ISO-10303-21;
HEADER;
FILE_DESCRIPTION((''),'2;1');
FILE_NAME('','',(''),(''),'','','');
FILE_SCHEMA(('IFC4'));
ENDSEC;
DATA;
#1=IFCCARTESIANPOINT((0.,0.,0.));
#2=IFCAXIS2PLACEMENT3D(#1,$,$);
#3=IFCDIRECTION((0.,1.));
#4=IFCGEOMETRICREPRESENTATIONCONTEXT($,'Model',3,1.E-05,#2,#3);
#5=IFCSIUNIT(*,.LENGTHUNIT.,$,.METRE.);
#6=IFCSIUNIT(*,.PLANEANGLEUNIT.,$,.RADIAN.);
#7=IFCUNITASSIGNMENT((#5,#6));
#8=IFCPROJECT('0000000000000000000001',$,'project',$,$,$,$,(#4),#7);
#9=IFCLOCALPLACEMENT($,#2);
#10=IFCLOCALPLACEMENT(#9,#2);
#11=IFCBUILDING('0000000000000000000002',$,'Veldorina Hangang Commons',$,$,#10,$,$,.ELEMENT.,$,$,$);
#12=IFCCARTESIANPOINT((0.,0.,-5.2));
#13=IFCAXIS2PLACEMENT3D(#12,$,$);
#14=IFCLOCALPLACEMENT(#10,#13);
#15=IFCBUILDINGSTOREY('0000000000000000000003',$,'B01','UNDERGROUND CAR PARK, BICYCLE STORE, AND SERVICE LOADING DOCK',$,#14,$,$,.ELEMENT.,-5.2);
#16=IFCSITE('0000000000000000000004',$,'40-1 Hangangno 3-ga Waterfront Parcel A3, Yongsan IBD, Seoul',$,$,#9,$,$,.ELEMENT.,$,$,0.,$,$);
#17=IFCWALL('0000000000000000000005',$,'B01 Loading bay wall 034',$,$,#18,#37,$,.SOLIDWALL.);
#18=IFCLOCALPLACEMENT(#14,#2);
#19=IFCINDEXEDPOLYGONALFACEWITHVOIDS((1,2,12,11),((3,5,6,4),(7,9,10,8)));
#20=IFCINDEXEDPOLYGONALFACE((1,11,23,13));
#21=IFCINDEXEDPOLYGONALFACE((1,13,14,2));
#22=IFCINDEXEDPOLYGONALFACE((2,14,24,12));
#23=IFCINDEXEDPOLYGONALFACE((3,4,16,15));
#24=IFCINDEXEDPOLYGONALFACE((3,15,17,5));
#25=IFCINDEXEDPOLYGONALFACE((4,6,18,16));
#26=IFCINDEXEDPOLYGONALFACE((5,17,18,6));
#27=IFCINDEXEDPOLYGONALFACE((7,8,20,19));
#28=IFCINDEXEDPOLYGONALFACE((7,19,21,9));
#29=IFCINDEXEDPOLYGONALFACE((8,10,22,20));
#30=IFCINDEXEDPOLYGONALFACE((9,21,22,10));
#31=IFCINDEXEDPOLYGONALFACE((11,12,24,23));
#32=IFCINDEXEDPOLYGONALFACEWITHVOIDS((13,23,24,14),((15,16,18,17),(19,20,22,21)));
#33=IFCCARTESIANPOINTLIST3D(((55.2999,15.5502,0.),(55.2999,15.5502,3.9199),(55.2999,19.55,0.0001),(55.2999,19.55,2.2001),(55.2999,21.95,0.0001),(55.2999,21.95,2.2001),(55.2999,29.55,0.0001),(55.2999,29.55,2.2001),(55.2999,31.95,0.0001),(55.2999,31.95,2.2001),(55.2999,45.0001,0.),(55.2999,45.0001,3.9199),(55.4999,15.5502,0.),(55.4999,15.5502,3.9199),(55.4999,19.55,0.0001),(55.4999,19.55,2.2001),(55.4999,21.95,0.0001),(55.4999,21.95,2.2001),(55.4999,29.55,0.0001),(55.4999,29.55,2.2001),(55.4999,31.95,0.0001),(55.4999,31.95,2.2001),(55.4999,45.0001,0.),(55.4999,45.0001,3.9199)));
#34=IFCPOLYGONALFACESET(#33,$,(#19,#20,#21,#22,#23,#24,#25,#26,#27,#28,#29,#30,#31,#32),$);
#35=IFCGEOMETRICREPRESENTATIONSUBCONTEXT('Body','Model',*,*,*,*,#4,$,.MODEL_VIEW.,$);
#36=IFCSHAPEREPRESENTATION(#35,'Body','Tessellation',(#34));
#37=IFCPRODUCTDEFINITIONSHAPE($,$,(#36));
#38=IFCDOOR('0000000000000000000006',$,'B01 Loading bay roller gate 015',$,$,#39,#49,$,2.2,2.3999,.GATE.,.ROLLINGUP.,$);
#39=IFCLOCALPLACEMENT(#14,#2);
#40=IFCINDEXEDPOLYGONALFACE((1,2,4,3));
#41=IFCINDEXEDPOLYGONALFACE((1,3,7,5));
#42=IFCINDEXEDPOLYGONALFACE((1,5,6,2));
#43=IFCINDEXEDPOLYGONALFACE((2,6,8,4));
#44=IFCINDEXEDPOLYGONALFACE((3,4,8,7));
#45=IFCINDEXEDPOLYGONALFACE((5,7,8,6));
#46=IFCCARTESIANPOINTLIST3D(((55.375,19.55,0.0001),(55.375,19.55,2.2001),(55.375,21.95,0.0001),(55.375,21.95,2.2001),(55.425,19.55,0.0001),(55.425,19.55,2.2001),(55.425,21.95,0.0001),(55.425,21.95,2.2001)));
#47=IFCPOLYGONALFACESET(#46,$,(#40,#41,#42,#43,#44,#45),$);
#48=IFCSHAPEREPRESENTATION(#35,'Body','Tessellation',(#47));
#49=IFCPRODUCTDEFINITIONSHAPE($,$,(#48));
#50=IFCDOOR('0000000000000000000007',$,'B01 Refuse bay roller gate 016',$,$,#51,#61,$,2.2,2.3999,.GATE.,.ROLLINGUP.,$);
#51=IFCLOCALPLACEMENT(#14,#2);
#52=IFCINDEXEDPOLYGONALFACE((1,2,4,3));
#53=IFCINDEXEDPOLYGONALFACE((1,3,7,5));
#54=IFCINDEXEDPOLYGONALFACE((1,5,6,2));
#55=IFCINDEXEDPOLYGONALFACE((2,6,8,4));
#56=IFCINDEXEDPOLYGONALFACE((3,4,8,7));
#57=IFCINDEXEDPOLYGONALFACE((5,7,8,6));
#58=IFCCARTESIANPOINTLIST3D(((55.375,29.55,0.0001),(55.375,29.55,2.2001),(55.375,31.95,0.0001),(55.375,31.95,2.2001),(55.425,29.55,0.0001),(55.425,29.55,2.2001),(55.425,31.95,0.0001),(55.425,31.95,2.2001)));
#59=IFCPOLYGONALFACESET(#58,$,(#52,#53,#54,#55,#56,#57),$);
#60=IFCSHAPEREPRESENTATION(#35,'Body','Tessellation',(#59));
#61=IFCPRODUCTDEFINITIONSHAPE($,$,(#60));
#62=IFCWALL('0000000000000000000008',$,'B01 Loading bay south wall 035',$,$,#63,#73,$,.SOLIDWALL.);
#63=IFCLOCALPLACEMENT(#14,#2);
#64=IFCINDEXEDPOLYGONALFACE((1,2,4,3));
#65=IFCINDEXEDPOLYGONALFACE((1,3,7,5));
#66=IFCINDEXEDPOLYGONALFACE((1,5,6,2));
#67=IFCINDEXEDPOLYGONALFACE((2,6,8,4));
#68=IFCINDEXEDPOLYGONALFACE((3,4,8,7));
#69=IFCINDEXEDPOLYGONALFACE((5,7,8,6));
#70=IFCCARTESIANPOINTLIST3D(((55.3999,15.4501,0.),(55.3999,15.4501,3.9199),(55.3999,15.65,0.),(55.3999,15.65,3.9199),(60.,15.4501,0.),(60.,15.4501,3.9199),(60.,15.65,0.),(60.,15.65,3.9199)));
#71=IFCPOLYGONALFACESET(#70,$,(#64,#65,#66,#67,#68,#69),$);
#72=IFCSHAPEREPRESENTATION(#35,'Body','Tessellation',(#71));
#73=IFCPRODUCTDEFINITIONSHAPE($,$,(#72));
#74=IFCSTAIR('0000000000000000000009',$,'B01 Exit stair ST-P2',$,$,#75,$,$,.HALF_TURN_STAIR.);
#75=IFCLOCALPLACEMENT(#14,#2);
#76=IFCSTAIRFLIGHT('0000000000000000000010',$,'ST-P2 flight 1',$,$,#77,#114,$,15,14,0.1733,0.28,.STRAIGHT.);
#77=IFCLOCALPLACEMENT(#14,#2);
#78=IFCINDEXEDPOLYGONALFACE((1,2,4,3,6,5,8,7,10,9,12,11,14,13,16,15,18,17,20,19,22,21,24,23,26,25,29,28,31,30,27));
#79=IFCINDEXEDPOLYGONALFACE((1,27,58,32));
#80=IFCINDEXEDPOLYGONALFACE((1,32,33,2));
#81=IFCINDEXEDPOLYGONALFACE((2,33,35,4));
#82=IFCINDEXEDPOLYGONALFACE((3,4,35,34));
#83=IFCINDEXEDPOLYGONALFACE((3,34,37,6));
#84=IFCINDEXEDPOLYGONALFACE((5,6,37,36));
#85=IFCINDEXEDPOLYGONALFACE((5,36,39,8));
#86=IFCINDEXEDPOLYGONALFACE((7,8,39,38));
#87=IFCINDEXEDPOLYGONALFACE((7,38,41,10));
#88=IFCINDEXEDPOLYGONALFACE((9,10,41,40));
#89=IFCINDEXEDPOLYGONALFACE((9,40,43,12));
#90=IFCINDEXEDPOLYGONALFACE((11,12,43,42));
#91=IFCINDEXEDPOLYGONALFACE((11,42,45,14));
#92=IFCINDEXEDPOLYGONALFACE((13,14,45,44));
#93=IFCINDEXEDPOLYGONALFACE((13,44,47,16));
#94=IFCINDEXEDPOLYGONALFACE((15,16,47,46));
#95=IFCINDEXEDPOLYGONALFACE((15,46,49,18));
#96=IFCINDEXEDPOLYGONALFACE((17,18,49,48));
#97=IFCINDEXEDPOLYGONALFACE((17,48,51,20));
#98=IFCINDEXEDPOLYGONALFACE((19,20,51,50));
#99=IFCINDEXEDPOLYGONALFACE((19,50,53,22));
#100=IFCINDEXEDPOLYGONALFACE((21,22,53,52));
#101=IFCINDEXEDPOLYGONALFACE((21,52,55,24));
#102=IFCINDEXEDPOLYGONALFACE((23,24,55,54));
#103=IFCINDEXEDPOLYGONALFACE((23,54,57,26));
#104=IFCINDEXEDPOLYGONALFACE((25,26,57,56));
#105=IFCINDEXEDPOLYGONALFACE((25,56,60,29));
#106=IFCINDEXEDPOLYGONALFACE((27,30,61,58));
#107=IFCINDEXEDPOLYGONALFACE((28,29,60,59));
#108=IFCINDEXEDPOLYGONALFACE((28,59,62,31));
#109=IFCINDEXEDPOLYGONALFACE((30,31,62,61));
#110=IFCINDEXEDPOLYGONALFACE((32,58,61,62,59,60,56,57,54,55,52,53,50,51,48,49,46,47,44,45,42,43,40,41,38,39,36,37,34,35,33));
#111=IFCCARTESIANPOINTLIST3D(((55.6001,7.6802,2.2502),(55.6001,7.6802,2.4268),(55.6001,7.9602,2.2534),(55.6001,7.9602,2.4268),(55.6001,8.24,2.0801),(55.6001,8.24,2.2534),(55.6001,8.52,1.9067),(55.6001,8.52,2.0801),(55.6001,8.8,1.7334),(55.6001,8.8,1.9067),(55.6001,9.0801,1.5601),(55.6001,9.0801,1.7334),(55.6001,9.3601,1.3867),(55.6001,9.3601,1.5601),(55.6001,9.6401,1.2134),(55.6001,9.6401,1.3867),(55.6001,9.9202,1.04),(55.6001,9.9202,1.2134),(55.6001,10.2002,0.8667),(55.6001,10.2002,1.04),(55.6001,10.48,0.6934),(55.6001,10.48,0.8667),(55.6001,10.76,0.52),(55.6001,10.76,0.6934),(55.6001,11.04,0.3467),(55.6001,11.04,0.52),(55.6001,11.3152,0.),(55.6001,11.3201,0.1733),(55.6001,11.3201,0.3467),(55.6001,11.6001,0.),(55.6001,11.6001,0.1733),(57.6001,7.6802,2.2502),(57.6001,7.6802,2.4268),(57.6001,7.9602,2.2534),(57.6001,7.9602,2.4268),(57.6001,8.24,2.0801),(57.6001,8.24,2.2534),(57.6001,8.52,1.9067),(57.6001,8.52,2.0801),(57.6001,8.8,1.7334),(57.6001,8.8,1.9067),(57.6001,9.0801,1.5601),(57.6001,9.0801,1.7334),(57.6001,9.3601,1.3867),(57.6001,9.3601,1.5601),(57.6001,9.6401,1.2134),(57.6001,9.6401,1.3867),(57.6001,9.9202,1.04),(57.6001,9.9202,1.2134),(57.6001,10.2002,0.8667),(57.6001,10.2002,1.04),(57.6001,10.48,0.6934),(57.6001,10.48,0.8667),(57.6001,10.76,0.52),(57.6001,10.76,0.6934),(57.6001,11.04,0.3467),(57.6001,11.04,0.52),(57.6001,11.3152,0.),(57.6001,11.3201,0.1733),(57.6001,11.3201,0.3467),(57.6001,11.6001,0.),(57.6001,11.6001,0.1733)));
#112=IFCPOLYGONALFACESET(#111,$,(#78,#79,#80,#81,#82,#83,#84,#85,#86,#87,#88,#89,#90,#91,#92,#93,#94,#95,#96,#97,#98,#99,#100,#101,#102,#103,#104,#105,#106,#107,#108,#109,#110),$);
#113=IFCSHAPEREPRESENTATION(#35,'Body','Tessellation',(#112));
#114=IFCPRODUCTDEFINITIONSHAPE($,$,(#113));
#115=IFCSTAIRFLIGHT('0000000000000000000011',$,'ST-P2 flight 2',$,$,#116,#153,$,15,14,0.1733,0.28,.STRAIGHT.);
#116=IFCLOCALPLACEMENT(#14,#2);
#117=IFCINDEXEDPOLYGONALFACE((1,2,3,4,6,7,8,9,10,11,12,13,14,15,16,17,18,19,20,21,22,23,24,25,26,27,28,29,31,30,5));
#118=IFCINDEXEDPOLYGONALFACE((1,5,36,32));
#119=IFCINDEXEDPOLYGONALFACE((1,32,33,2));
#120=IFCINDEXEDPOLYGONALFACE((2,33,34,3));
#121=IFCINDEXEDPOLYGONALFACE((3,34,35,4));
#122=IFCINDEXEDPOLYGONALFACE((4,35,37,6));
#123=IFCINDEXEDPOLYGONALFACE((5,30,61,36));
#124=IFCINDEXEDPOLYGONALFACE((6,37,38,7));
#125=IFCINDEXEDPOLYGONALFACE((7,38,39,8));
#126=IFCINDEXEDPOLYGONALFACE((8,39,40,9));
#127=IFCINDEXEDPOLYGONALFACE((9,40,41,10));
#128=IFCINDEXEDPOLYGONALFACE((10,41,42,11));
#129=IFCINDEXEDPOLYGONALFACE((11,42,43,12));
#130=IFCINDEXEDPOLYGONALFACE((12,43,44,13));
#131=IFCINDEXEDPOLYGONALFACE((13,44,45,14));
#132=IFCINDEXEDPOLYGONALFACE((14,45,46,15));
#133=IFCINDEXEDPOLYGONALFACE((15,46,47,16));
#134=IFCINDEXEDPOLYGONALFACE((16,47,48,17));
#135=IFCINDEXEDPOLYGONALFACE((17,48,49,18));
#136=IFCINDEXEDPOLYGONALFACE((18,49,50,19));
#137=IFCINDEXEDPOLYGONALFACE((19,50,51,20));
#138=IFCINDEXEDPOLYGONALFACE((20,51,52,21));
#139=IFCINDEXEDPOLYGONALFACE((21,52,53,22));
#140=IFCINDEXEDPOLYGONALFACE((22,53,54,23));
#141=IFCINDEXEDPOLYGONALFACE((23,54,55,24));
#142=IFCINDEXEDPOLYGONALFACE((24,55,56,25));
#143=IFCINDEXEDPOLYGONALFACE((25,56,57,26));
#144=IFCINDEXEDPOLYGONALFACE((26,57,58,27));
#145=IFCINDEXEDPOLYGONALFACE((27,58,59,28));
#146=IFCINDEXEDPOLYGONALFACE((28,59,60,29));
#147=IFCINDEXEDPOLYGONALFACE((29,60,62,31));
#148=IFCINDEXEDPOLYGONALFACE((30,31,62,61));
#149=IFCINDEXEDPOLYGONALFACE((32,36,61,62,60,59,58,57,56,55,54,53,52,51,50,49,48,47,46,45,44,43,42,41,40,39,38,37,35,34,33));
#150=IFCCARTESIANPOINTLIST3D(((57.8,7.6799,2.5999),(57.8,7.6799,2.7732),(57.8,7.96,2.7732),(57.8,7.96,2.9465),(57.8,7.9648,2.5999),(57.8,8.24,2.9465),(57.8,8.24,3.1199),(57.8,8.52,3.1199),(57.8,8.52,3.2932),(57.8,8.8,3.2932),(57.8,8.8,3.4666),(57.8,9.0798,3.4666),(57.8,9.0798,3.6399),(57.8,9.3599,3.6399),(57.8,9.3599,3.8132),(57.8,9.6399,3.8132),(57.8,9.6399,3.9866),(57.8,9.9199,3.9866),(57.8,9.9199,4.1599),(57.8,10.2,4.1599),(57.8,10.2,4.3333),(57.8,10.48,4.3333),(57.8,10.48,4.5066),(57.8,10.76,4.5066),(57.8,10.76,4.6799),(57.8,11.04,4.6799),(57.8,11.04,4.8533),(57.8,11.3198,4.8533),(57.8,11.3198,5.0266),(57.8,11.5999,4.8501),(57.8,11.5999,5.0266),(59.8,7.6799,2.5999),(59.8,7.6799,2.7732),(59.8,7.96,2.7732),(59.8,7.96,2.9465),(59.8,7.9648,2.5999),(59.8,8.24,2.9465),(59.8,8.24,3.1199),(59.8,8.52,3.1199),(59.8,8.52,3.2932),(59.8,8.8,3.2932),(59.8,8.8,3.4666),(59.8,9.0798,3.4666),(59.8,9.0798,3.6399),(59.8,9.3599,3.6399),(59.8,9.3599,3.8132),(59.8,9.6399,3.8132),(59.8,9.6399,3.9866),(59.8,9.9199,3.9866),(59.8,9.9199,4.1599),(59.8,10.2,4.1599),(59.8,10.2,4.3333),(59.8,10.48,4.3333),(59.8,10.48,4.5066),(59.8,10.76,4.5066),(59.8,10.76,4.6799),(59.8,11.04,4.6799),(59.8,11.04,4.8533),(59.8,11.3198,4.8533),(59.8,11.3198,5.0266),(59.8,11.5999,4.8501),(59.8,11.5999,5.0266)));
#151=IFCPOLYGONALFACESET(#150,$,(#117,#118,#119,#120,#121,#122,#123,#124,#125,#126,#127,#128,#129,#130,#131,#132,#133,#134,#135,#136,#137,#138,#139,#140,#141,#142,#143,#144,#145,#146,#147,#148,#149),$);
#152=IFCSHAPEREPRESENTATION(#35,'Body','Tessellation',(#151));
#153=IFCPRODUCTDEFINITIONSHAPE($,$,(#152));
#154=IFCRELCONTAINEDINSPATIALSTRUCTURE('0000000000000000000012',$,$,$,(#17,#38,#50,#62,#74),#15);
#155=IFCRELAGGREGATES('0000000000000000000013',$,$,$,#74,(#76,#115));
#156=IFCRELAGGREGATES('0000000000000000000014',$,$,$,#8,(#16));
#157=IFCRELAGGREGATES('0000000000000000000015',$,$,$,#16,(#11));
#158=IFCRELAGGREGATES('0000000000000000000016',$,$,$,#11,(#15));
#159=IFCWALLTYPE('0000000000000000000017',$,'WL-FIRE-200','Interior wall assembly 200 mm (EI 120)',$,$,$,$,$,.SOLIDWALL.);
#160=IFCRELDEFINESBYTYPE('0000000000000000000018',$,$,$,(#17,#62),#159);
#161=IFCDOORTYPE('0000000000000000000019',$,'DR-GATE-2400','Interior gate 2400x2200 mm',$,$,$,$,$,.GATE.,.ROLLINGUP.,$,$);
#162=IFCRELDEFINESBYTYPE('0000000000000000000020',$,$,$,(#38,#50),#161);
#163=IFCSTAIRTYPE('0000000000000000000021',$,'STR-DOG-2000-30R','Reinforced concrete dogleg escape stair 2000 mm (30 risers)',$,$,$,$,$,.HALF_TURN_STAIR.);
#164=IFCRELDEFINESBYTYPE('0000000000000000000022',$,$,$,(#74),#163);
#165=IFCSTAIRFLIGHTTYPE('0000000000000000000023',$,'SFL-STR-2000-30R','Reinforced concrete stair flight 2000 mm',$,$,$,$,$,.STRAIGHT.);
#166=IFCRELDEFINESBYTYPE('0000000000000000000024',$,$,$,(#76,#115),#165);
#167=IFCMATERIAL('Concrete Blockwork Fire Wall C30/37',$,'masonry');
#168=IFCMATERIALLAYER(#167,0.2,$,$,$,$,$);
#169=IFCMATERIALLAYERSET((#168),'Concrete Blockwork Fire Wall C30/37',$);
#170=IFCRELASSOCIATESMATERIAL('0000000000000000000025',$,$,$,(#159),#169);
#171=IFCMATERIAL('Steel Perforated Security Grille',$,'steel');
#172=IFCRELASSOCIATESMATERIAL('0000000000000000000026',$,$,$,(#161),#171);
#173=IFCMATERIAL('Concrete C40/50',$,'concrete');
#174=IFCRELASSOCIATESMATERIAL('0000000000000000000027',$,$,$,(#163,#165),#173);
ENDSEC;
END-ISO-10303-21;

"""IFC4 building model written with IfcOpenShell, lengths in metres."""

from ifc_helpers import new_model, si_unit, direction, frame, frame_2d, origin, place, context, subcontext, project, spatial, polyline, rectangle, outline, extrude, material, layer, layer_set, type_object, element, fill, aggregate, save


model = new_model("IFC4")

# Units and contexts
model_context = context("Model", 3, precision=1e-05, world=origin(), true_north=direction((0.0, 1.0)))
body_context = subcontext(model_context, "Body", "Model", "MODEL_VIEW")
ifc_project = project(units=[si_unit("LENGTHUNIT", "METRE"), si_unit("PLANEANGLEUNIT", "RADIAN")], contexts=[model_context])

# Site, building, storey
site_placement = place(None, origin())
site = spatial("IfcSite", under=ifc_project, at=site_placement, Name="40-1 Hangangno 3-ga Waterfront Parcel A3, Yongsan IBD, Seoul", CompositionType="ELEMENT", RefElevation=0.0)
building_placement = place(site_placement, origin())
building = spatial("IfcBuilding", under=site, at=building_placement, Name="Veldorina Hangang Commons", CompositionType="ELEMENT")
storey_placement = place(building_placement, frame((0.0, 0.0, -5.2)))
storey = spatial("IfcBuildingStorey", under=building, at=storey_placement, Name="B01", Description="UNDERGROUND CAR PARK, BICYCLE STORE, AND SERVICE LOADING DOCK", CompositionType="ELEMENT", Elevation=-5.2)

# Wall, openings, doors
ifc_material_1 = material(Name="Concrete Blockwork Fire Wall C30/37", Category="masonry")
ifc_layer_1 = layer(ifc_material_1, 0.2)
ifc_layer_set_1 = layer_set([ifc_layer_1], Name="Concrete Blockwork Fire Wall C30/37")
wall_type_1 = type_object("IfcWallType", Name="WL-FIRE-200", Description="Interior wall assembly 200 mm (EI 120)", PredefinedType="SOLIDWALL", material=ifc_layer_set_1)
wall_1_placement = place(storey_placement, frame((55.3999, 15.55, 0.0), z_axis=(0.0, 0.0, 1.0), x_axis=(0.0, 1.0, 0.0)))
wall_1 = element("IfcWall", 1, at=wall_1_placement, inside=storey, type_object=wall_type_1, Name="B01 Loading bay wall 034", PredefinedType="SOLIDWALL", context=body_context, shape_type="SweptSolid", body=[
    extrude(rectangle(XDim=29.45, YDim=0.2, at=frame_2d((14.7251, 0.0))), origin(), (0.0, 0.0, 1.0), 3.9199),
])
opening_1_placement = place(wall_1_placement, frame((4.0, 0.0, 0.0)))
opening_1 = element("IfcOpeningElement", 2, at=opening_1_placement, cuts=wall_1, PredefinedType="OPENING", context=body_context, shape_type="SweptSolid", body=[
    extrude(rectangle(XDim=2.3999, YDim=2.2, at=frame_2d((1.2, 1.1001))), frame((0.0, 0.1099, 0.0), z_axis=(0.0, -1.0, 0.0), x_axis=(1.0, 0.0, 0.0)), (0.0, 0.0, 1.0), 0.22),
])
opening_2_placement = place(wall_1_placement, frame((14.0, 0.0, 0.0)))
opening_2 = element("IfcOpeningElement", 3, at=opening_2_placement, cuts=wall_1, PredefinedType="OPENING", context=body_context, shape_type="SweptSolid", body=[
    extrude(rectangle(XDim=2.3999, YDim=2.2, at=frame_2d((1.2, 1.1001))), frame((0.0, 0.1099, 0.0), z_axis=(0.0, -1.0, 0.0), x_axis=(1.0, 0.0, 0.0)), (0.0, 0.0, 1.0), 0.22),
])
ifc_material_2 = material(Name="Steel Perforated Security Grille", Category="steel")
door_type_1 = type_object("IfcDoorType", Name="DR-GATE-2400", Description="Interior gate 2400x2200 mm", OperationType="ROLLINGUP", PredefinedType="GATE", material=ifc_material_2)
door_1_placement = place(opening_1_placement, origin())
door_1 = element("IfcDoor", 4, at=door_1_placement, inside=storey, type_object=door_type_1, Name="B01 Loading bay roller gate 015", OperationType="ROLLINGUP", OverallHeight=2.2, OverallWidth=2.3999, PredefinedType="GATE", context=body_context, shape_type="SweptSolid", body=[
    extrude(rectangle(XDim=2.3999, YDim=2.2, at=frame_2d((1.2, 1.1001))), frame((0.0, 0.0249, 0.0), z_axis=(0.0, -1.0, 0.0), x_axis=(1.0, 0.0, 0.0)), (0.0, 0.0, 1.0), 0.05),
])
fill(opening_1, door_1)
door_2_placement = place(opening_2_placement, origin())
door_2 = element("IfcDoor", 5, at=door_2_placement, inside=storey, type_object=door_type_1, Name="B01 Refuse bay roller gate 016", OperationType="ROLLINGUP", OverallHeight=2.2, OverallWidth=2.3999, PredefinedType="GATE", context=body_context, shape_type="SweptSolid", body=[
    extrude(rectangle(XDim=2.3999, YDim=2.2, at=frame_2d((1.2, 1.1001))), frame((0.0, 0.0249, 0.0), z_axis=(0.0, -1.0, 0.0), x_axis=(1.0, 0.0, 0.0)), (0.0, 0.0, 1.0), 0.05),
])
fill(opening_2, door_2)

# Wall
wall_2_placement = place(storey_placement, frame((55.3999, 15.55, 0.0), z_axis=(0.0, 0.0, 1.0), x_axis=(1.0, 0.0, 0.0)))
element("IfcWall", 6, at=wall_2_placement, inside=storey, type_object=wall_type_1, Name="B01 Loading bay south wall 035", PredefinedType="SOLIDWALL", context=body_context, shape_type="SweptSolid", body=[
    extrude(rectangle(XDim=4.6001, YDim=0.2, at=frame_2d((2.3, 0.0))), origin(), (0.0, 0.0, 1.0), 3.9199),
])

# Stair, stair flights
ifc_material_3 = material(Name="Concrete C40/50", Category="concrete")
stair_type = type_object("IfcStairType", Name="STR-DOG-2000-30R", Description="Reinforced concrete dogleg escape stair 2000 mm (30 risers)", PredefinedType="HALF_TURN_STAIR", material=ifc_material_3)
stair_placement = place(storey_placement, origin())
stair = element("IfcStair", 7, at=stair_placement, inside=storey, type_object=stair_type, Name="B01 Exit stair ST-P2", PredefinedType="HALF_TURN_STAIR")
stair_flight_type = type_object("IfcStairFlightType", Name="SFL-STR-2000-30R", Description="Reinforced concrete stair flight 2000 mm", PredefinedType="STRAIGHT", material=ifc_material_3)
stair_flight_1_placement = place(storey_placement, frame((56.6001, 11.6001, 0.0), z_axis=(0.0, 0.0, 1.0), x_axis=(0.0, -1.0, 0.0)))
stair_flight_1 = element("IfcStairFlight", 8, at=stair_flight_1_placement, type_object=stair_flight_type, Name="ST-P2 flight 1", NumberOfRisers=15, NumberOfTreads=14, PredefinedType="STRAIGHT", RiserHeight=0.1733, TreadLength=0.28, context=body_context, shape_type="SweptSolid", body=[
    extrude(outline(polyline([(0.0, 0.0), (0.0, 0.1733), (0.28, 0.1733), (0.28, 0.3467), (0.5601, 0.3467), (0.5601, 0.52), (0.8401, 0.52), (0.8401, 0.6934), (1.1201, 0.6934), (1.1201, 0.8667), (1.3999, 0.8667), (1.3999, 1.04), (1.6799, 1.04), (1.6799, 1.2134), (1.96, 1.2134), (1.96, 1.3867), (2.24, 1.3867), (2.24, 1.5601), (2.52, 1.5601), (2.52, 1.7334), (2.8, 1.7334), (2.8, 1.9067), (3.0801, 1.9067), (3.0801, 2.0801), (3.3601, 2.0801), (3.3601, 2.2534), (3.6399, 2.2534), (3.6399, 2.4268), (3.9199, 2.4268), (3.9199, 2.6001), (3.9199, 2.2502), (0.2849, 0.0), (0.0, 0.0)])), frame((0.0, 1.0, 0.0), z_axis=(0.0, -1.0, 0.0), x_axis=(1.0, 0.0, 0.0)), (0.0, 0.0, 1.0), 2.0),
])
stair_flight_2_placement = place(storey_placement, frame((58.8, 7.6799, 2.5999), z_axis=(0.0, 0.0, 1.0), x_axis=(0.0, 1.0, 0.0)))
stair_flight_2 = element("IfcStairFlight", 9, at=stair_flight_2_placement, type_object=stair_flight_type, Name="ST-P2 flight 2", NumberOfRisers=15, NumberOfTreads=14, PredefinedType="STRAIGHT", RiserHeight=0.1733, TreadLength=0.28, context=body_context, shape_type="SweptSolid", body=[
    extrude(outline(polyline([(0.0, 0.0), (0.0, 0.1733), (0.28, 0.1733), (0.28, 0.3467), (0.5601, 0.3467), (0.5601, 0.52), (0.8401, 0.52), (0.8401, 0.6934), (1.1201, 0.6934), (1.1201, 0.8667), (1.3999, 0.8667), (1.3999, 1.04), (1.6799, 1.04), (1.6799, 1.2134), (1.96, 1.2134), (1.96, 1.3867), (2.24, 1.3867), (2.24, 1.5601), (2.52, 1.5601), (2.52, 1.7334), (2.8, 1.7334), (2.8, 1.9067), (3.0801, 1.9067), (3.0801, 2.0801), (3.3601, 2.0801), (3.3601, 2.2534), (3.6399, 2.2534), (3.6399, 2.4268), (3.9199, 2.4268), (3.9199, 2.6001), (3.9199, 2.2502), (0.2849, 0.0), (0.0, 0.0)])), frame((0.0, 1.0, 0.0), z_axis=(0.0, -1.0, 0.0), x_axis=(1.0, 0.0, 0.0)), (0.0, 0.0, 1.0), 2.0),
])
aggregate(stair, [stair_flight_1, stair_flight_2])

save(model, "model.ifc")
